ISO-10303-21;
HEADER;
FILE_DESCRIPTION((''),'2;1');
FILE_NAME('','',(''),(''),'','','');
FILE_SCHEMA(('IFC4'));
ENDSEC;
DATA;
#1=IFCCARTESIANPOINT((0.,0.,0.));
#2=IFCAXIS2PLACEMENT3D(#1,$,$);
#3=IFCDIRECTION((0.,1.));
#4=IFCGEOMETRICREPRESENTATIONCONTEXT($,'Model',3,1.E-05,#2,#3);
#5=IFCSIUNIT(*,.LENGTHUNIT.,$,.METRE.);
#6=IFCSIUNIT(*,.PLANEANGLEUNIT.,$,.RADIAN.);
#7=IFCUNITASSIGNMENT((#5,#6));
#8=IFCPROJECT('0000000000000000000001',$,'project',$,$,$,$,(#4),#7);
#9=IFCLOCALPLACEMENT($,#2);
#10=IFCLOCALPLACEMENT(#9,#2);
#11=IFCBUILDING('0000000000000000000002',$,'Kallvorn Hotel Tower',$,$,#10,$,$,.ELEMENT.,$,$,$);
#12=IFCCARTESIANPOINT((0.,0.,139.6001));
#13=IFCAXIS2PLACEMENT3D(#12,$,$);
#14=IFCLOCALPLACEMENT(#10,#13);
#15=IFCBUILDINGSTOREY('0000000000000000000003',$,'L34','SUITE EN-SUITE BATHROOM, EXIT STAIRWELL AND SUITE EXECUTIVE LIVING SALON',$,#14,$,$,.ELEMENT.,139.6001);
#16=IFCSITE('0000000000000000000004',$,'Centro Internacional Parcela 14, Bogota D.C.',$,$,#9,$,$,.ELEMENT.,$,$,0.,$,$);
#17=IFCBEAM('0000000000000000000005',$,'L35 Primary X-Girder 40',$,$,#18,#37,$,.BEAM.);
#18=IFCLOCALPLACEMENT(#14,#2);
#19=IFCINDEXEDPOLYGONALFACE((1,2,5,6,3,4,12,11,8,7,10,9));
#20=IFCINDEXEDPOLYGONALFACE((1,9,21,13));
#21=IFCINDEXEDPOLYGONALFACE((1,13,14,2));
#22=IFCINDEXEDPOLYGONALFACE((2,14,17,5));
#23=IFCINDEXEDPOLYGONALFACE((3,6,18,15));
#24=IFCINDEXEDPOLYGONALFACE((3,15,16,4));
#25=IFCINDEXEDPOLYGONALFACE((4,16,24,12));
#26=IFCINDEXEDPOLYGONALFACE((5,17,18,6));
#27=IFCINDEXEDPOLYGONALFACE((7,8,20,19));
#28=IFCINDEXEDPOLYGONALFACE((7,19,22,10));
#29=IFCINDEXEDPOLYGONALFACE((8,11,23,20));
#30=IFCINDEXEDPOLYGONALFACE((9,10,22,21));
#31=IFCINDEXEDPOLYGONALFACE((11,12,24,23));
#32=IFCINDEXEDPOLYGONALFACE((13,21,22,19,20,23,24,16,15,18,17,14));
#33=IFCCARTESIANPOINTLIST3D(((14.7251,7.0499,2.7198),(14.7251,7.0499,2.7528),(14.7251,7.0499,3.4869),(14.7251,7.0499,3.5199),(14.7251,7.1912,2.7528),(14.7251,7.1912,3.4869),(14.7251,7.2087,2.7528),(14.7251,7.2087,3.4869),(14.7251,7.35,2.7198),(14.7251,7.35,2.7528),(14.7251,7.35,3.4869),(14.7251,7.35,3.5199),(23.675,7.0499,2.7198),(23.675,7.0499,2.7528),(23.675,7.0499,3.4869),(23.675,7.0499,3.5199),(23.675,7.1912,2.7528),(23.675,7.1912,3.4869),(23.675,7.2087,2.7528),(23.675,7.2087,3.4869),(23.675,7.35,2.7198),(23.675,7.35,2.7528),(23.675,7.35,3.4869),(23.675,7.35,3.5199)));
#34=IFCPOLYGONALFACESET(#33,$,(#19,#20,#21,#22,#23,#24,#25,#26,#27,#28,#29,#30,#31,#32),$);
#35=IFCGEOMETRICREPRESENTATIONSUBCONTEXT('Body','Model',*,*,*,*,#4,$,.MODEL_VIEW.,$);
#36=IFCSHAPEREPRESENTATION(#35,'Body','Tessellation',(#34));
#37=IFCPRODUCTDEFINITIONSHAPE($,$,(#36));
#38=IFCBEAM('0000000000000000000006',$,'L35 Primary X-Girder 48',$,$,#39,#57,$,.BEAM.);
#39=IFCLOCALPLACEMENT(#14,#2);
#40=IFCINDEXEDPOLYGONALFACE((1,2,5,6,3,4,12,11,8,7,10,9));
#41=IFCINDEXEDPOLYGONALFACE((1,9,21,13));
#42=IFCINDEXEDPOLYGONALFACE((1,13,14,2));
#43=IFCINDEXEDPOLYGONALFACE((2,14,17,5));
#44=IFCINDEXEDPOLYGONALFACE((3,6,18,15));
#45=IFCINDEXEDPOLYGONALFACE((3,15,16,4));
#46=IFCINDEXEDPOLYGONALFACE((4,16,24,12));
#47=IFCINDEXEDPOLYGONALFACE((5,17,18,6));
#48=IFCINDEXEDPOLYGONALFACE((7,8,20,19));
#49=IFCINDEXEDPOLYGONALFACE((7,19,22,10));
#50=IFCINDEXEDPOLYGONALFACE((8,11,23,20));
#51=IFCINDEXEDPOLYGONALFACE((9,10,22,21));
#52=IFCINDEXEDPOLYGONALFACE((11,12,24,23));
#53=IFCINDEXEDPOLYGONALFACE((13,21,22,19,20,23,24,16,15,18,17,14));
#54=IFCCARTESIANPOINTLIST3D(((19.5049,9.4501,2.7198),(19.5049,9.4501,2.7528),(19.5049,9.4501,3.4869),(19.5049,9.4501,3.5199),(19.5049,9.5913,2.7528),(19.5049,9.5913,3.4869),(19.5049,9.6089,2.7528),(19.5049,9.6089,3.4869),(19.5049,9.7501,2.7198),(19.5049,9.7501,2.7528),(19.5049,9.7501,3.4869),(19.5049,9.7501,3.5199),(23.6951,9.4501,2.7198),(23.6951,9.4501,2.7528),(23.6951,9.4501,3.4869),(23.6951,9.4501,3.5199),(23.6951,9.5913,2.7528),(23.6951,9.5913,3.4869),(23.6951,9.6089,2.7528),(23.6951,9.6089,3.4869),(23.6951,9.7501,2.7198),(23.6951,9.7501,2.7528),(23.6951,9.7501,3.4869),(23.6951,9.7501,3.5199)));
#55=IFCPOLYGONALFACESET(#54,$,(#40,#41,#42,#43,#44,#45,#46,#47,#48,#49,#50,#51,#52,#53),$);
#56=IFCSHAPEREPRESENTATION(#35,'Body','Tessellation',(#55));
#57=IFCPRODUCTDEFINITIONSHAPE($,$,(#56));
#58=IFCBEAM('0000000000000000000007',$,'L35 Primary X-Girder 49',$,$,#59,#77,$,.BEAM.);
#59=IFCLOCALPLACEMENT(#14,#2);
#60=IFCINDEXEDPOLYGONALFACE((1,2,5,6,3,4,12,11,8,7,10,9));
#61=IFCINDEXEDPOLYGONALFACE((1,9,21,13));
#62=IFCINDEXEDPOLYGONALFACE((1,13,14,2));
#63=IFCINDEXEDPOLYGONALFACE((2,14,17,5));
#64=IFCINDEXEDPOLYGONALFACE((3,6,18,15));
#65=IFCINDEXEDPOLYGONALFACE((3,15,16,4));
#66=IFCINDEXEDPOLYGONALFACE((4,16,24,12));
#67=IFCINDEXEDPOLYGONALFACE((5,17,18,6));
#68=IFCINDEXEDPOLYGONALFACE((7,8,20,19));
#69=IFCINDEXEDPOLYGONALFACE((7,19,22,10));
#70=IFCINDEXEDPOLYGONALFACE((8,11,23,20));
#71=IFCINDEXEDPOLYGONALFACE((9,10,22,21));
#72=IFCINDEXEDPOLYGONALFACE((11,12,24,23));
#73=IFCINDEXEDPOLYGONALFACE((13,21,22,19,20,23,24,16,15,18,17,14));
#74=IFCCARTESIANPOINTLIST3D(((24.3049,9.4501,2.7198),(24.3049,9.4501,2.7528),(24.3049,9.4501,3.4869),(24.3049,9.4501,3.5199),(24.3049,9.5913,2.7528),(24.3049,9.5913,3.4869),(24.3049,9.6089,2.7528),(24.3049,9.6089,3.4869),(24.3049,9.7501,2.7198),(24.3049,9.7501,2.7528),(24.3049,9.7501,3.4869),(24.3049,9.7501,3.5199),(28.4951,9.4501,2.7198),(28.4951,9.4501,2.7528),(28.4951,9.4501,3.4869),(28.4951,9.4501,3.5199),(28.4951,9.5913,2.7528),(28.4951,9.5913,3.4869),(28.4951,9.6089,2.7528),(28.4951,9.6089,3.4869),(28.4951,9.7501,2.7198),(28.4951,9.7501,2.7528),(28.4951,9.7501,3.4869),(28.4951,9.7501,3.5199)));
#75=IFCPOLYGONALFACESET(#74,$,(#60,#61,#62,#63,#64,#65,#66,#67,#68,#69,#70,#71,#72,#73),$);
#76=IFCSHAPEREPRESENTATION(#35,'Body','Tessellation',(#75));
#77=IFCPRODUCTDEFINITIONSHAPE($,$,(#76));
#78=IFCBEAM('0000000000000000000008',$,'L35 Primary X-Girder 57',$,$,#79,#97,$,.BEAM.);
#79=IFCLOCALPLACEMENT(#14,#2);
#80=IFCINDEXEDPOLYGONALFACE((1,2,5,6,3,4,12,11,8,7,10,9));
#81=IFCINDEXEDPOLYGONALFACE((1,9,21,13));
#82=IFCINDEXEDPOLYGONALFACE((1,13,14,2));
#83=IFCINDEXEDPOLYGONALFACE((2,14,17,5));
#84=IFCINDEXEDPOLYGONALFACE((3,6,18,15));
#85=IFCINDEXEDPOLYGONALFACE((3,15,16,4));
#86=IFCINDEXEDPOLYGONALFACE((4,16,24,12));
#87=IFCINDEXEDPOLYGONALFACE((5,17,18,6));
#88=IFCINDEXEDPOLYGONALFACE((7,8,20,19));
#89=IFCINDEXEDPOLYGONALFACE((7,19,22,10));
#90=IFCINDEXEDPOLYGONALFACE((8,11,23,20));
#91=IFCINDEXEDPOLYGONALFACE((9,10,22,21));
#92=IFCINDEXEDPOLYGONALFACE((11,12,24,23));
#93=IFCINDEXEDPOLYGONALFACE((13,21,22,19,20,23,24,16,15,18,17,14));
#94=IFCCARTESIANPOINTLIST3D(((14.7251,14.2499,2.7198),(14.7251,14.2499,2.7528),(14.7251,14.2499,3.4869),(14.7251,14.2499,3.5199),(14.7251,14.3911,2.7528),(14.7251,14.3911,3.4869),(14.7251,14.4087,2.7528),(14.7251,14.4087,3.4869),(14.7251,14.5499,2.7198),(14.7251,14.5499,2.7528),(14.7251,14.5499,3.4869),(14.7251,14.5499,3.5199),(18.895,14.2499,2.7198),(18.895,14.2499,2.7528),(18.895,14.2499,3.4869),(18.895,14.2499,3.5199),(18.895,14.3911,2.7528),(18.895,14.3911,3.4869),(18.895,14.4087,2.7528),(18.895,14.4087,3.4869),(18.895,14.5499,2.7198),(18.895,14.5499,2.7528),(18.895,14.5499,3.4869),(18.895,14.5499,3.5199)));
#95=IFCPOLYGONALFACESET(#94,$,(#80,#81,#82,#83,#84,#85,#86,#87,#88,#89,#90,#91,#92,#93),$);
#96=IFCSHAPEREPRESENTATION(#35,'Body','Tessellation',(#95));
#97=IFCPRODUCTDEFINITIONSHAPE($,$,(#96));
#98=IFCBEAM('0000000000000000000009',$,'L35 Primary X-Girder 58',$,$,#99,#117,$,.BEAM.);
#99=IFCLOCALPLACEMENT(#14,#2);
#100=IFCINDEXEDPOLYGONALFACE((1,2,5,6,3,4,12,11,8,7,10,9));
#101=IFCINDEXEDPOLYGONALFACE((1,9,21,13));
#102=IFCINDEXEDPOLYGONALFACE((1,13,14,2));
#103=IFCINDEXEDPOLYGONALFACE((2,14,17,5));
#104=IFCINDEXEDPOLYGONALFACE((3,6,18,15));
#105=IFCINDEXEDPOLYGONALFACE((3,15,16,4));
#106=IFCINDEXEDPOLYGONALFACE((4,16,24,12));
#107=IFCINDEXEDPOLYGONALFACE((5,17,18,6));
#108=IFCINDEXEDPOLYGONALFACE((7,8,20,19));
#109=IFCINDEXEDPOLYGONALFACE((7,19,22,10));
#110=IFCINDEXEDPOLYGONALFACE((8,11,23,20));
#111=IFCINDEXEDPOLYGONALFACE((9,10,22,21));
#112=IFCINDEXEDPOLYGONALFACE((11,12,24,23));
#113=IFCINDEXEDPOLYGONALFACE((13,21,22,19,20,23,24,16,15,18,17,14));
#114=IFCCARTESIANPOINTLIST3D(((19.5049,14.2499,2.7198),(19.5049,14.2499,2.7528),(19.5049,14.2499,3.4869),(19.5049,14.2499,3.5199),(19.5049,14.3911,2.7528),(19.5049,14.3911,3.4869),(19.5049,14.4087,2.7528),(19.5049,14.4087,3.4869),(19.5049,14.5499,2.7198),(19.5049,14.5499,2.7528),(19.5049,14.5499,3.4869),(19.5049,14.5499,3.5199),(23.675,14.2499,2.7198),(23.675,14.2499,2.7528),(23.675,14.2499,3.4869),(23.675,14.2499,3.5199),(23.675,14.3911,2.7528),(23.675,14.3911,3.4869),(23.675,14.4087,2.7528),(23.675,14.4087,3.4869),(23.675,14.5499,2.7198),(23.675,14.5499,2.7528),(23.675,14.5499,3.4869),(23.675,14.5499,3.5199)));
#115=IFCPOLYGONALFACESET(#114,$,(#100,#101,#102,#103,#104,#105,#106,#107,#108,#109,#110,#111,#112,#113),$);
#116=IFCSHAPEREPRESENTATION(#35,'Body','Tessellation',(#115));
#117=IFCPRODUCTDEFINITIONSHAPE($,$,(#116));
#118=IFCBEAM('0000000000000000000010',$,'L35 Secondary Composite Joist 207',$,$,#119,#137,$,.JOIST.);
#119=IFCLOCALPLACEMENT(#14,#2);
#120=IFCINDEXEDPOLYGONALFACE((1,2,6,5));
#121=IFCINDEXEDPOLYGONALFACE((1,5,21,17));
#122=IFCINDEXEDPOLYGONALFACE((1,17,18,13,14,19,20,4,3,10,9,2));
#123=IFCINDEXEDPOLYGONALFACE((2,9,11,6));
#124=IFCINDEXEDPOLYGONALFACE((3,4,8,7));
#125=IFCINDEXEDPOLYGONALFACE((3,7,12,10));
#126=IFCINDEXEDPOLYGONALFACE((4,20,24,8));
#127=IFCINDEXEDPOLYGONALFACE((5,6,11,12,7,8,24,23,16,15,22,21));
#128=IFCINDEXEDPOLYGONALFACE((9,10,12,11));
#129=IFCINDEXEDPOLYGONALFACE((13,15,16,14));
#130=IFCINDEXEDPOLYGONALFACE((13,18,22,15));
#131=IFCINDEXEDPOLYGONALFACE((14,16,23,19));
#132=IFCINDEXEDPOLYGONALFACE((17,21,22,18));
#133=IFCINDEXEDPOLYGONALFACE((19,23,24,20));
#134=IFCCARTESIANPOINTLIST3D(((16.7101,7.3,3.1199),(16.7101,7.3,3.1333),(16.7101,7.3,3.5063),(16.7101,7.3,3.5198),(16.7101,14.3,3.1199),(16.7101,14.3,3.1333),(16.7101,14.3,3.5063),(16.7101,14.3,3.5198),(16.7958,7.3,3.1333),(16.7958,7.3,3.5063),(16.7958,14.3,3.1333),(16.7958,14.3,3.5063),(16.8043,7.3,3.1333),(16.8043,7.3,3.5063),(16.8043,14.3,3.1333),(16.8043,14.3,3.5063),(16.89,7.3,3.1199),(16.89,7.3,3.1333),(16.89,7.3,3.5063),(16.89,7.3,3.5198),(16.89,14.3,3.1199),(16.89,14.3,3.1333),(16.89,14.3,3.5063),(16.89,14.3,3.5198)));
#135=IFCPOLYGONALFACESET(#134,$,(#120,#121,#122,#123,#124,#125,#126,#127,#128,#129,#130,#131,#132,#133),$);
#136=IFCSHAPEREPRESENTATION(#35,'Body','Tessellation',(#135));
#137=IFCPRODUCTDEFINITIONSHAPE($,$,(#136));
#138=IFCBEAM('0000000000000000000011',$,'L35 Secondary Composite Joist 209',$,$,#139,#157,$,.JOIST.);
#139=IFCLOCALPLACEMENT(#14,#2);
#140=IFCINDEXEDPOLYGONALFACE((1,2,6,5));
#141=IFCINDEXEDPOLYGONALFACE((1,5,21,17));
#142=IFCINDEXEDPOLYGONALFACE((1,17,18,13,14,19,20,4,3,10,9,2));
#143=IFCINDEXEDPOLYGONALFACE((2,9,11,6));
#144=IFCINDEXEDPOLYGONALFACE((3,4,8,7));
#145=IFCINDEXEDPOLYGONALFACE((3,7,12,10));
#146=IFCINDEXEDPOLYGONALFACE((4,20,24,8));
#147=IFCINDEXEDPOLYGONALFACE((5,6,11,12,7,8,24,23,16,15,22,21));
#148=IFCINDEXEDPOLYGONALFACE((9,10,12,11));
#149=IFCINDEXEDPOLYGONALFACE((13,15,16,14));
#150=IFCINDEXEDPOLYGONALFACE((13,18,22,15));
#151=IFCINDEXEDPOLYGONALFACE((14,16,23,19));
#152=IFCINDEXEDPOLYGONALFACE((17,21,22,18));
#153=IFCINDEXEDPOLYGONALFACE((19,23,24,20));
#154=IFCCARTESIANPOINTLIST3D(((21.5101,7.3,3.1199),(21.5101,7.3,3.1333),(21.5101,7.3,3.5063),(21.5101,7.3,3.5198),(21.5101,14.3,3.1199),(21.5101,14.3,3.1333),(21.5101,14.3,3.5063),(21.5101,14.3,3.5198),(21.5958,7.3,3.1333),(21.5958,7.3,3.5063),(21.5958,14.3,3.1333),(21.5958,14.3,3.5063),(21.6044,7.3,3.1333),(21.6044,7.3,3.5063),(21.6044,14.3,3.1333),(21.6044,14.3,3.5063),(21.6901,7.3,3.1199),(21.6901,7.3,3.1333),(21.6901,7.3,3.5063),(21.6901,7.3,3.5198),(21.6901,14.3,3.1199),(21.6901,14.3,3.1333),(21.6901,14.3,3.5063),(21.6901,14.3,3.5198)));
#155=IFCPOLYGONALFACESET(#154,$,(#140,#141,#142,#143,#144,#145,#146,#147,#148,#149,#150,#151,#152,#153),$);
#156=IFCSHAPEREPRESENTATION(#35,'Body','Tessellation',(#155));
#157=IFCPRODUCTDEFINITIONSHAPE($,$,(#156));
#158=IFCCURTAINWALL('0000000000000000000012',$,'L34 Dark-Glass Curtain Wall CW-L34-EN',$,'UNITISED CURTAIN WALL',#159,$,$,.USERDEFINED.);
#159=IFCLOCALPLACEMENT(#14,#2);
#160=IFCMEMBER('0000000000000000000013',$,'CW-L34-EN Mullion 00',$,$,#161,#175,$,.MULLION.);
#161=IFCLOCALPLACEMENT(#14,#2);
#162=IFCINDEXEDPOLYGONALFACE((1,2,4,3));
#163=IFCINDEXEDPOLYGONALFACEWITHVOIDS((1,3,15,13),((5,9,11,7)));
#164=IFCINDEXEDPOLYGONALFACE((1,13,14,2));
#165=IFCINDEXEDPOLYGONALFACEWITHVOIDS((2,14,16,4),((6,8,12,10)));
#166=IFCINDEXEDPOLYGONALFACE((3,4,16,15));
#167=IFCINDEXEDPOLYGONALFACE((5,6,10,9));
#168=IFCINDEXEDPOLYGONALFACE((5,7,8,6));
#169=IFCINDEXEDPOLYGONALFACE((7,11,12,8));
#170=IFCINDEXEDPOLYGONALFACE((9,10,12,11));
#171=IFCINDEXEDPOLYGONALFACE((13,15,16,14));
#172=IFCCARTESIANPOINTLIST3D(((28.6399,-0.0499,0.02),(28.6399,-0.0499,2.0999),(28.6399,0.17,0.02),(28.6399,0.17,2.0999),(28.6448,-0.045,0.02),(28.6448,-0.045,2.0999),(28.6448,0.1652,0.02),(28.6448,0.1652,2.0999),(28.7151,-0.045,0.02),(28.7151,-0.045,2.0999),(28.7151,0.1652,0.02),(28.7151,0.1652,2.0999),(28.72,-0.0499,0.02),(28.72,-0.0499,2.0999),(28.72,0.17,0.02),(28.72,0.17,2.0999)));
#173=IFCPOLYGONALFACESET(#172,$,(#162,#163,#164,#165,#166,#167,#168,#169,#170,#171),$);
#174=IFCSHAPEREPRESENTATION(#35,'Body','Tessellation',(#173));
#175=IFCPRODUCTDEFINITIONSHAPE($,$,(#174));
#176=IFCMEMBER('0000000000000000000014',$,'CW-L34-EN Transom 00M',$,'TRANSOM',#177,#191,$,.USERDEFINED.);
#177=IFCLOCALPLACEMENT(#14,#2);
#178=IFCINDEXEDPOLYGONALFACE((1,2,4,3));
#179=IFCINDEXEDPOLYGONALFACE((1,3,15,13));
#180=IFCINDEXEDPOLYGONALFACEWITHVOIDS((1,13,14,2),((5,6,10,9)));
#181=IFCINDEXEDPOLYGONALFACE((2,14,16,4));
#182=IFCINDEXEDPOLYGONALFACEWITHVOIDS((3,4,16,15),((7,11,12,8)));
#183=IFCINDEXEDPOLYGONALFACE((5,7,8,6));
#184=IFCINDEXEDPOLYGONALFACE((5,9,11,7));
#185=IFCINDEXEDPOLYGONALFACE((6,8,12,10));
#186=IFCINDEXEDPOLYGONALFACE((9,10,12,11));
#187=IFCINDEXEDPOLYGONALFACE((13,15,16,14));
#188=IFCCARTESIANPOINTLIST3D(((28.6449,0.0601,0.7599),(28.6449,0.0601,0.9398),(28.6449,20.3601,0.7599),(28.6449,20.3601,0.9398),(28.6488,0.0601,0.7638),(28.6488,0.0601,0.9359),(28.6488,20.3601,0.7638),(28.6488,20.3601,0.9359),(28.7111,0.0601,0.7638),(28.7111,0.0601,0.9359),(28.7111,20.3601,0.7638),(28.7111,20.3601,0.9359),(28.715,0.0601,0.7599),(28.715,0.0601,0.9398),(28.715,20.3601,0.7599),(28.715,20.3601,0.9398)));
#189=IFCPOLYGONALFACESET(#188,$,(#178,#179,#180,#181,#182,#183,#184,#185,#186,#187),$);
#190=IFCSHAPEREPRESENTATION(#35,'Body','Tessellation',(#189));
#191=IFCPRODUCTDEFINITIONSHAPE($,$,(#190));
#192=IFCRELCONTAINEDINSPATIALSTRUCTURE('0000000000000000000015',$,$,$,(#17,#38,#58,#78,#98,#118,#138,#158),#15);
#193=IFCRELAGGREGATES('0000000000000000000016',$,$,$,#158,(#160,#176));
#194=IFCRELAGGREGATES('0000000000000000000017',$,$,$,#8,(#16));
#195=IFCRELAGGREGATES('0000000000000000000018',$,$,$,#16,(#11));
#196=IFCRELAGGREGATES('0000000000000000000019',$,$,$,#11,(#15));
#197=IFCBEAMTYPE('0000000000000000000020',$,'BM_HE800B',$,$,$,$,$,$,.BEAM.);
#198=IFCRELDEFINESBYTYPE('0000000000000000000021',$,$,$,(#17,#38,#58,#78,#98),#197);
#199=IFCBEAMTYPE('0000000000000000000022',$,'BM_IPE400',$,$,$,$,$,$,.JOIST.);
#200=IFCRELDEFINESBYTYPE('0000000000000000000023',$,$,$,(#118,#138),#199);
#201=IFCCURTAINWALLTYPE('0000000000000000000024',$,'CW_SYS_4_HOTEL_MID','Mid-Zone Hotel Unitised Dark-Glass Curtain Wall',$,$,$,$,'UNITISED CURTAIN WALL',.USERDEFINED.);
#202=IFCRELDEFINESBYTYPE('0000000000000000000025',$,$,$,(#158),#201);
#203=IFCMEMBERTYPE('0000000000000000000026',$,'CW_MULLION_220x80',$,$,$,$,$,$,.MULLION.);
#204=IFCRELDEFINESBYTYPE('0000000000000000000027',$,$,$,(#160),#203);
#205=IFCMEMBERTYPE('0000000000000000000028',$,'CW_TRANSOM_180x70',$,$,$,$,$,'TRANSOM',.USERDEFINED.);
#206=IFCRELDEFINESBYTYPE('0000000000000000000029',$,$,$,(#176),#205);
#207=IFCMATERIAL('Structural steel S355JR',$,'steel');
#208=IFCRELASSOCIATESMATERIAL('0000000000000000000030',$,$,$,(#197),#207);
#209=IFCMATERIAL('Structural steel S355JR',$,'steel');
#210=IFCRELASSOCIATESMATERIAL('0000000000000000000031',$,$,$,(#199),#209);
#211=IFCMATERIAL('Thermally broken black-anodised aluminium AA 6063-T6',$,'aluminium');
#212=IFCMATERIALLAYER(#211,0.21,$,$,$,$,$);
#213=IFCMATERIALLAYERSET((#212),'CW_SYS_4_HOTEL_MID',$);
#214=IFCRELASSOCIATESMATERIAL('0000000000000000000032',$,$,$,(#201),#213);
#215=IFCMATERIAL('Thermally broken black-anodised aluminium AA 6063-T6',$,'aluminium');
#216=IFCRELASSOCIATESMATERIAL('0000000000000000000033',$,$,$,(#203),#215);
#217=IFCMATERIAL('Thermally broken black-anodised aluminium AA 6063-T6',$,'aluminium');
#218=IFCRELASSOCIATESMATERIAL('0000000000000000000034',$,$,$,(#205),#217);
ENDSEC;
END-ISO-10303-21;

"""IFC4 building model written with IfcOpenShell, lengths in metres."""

from ifc_helpers import new_model, si_unit, direction, frame, origin, origin_2d, place, context, subcontext, project, spatial, hollow_rectangle, i_section, extrude, material, layer, layer_set, material_profile, profile_set, type_object, element, aggregate, save


model = new_model("IFC4")

# Units and contexts
model_context = context("Model", 3, precision=1e-05, world=origin(), true_north=direction((0.0, 1.0)))
body_context = subcontext(model_context, "Body", "Model", "MODEL_VIEW")
ifc_project = project(units=[si_unit("LENGTHUNIT", "METRE"), si_unit("PLANEANGLEUNIT", "RADIAN")], contexts=[model_context])

# Site, building, storey
site_placement = place(None, origin())
site = spatial("IfcSite", under=ifc_project, at=site_placement, Name="Centro Internacional Parcela 14, Bogota D.C.", CompositionType="ELEMENT", RefElevation=0.0)
building_placement = place(site_placement, origin())
building = spatial("IfcBuilding", under=site, at=building_placement, Name="Kallvorn Hotel Tower", CompositionType="ELEMENT")
storey_placement = place(building_placement, frame((0.0, 0.0, 139.6001)))
storey = spatial("IfcBuildingStorey", under=building, at=storey_placement, Name="L34", Description="SUITE EN-SUITE BATHROOM, EXIT STAIRWELL AND SUITE EXECUTIVE LIVING SALON", CompositionType="ELEMENT", Elevation=139.6001)

# Beams
ifc_material_1 = material(Name="Structural steel S355JR", Category="steel")
ifc_material_profile_1 = material_profile(ifc_material_1, i_section(OverallWidth=0.3, OverallDepth=0.8, WebThickness=0.0176, FlangeThickness=0.033, at=origin_2d()), Name="HE 800 B")
ifc_profile_set_1 = profile_set([ifc_material_profile_1], Name="Structural steel S355JR")
beam_type_1 = type_object("IfcBeamType", Name="BM_HE800B", PredefinedType="BEAM", material=ifc_profile_set_1)
beam_1_placement = place(storey_placement, frame((14.7251, 7.2, 3.1199), z_axis=(1.0, 0.0, 0.0), x_axis=(0.0, 1.0, 0.0)))
element("IfcBeam", 1, at=beam_1_placement, inside=storey, type_object=beam_type_1, Name="L35 Primary X-Girder 40", PredefinedType="BEAM", context=body_context, shape_type="SweptSolid", body=[
    extrude(i_section(OverallWidth=0.3, OverallDepth=0.8, WebThickness=0.0176, FlangeThickness=0.033, at=origin_2d()), origin(), (0.0, 0.0, 1.0), 8.95),
])
for number, where, z_axis, x_axis, name in (
    (2, (19.5049, 9.6001, 3.1199), (1.0, 0.0, 0.0), (0.0, 1.0, 0.0), "L35 Primary X-Girder 48"),
    (3, (24.3049, 9.6001, 3.1199), (1.0, 0.0, 0.0), (0.0, 1.0, 0.0), "L35 Primary X-Girder 49"),
):
    element("IfcBeam", number, at=place(storey_placement, frame(where, z_axis=z_axis, x_axis=x_axis)), inside=storey, type_object=beam_type_1, Name=name, PredefinedType="BEAM", context=body_context, shape_type="SweptSolid", body=[
        extrude(i_section(OverallWidth=0.3, OverallDepth=0.8, WebThickness=0.0176, FlangeThickness=0.033, at=origin_2d()), origin(), (0.0, 0.0, 1.0), 4.1902),
    ])
beam_2_placement = place(storey_placement, frame((14.7251, 14.3999, 3.1199), z_axis=(1.0, 0.0, 0.0), x_axis=(0.0, 1.0, 0.0)))
element("IfcBeam", 4, at=beam_2_placement, inside=storey, type_object=beam_type_1, Name="L35 Primary X-Girder 57", PredefinedType="BEAM", context=body_context, shape_type="SweptSolid", body=[
    extrude(i_section(OverallWidth=0.3, OverallDepth=0.8, WebThickness=0.0176, FlangeThickness=0.033, at=origin_2d()), origin(), (0.0, 0.0, 1.0), 4.1699),
])
beam_3_placement = place(storey_placement, frame((19.5049, 14.3999, 3.1199), z_axis=(1.0, 0.0, 0.0), x_axis=(0.0, 1.0, 0.0)))
element("IfcBeam", 5, at=beam_3_placement, inside=storey, type_object=beam_type_1, Name="L35 Primary X-Girder 58", PredefinedType="BEAM", context=body_context, shape_type="SweptSolid", body=[
    extrude(i_section(OverallWidth=0.3, OverallDepth=0.8, WebThickness=0.0176, FlangeThickness=0.033, at=origin_2d()), origin(), (0.0, 0.0, 1.0), 4.1702),
])
ifc_material_2 = material(Name="Structural steel S355JR", Category="steel")
ifc_material_profile_2 = material_profile(ifc_material_2, i_section(OverallWidth=0.1799, OverallDepth=0.3999, WebThickness=0.0085, FlangeThickness=0.0134, at=origin_2d()), Name="IPE 400")
ifc_profile_set_2 = profile_set([ifc_material_profile_2], Name="Structural steel S355JR")
beam_type_2 = type_object("IfcBeamType", Name="BM_IPE400", PredefinedType="JOIST", material=ifc_profile_set_2)
for number, where, z_axis, x_axis, name in (
    (6, (16.8, 7.3, 3.3198), (0.0, 1.0, 0.0), (-1.0, 0.0, 0.0), "L35 Secondary Composite Joist 207"),
    (7, (21.6001, 7.3, 3.3198), (0.0, 1.0, 0.0), (-1.0, 0.0, 0.0), "L35 Secondary Composite Joist 209"),
):
    element("IfcBeam", number, at=place(storey_placement, frame(where, z_axis=z_axis, x_axis=x_axis)), inside=storey, type_object=beam_type_2, Name=name, PredefinedType="JOIST", context=body_context, shape_type="SweptSolid", body=[
        extrude(i_section(OverallWidth=0.1799, OverallDepth=0.3999, WebThickness=0.0085, FlangeThickness=0.0134, at=origin_2d()), origin(), (0.0, 0.0, 1.0), 7.0),
    ])

# Curtain wall, members
ifc_material_3 = material(Name="Thermally broken black-anodised aluminium AA 6063-T6", Category="aluminium")
ifc_layer_1 = layer(ifc_material_3, 0.21)
ifc_layer_set_1 = layer_set([ifc_layer_1], Name="CW_SYS_4_HOTEL_MID")
curtain_wall_type = type_object("IfcCurtainWallType", Name="CW_SYS_4_HOTEL_MID", Description="Mid-Zone Hotel Unitised Dark-Glass Curtain Wall", ElementType="UNITISED CURTAIN WALL", PredefinedType="USERDEFINED", material=ifc_layer_set_1)
curtain_wall_placement = place(storey_placement, origin())
curtain_wall = element("IfcCurtainWall", 8, at=curtain_wall_placement, inside=storey, type_object=curtain_wall_type, Name="L34 Dark-Glass Curtain Wall CW-L34-EN", ObjectType="UNITISED CURTAIN WALL", PredefinedType="USERDEFINED")
ifc_material_4 = material(Name="Thermally broken black-anodised aluminium AA 6063-T6", Category="aluminium")
ifc_material_profile_3 = material_profile(ifc_material_4, hollow_rectangle(XDim=0.0801, YDim=0.22, WallThickness=0.0049, at=origin_2d()), Name="MUL 220x80")
ifc_profile_set_3 = profile_set([ifc_material_profile_3], Name="Thermally broken black-anodised aluminium AA 6063-T6")
member_type_1 = type_object("IfcMemberType", Name="CW_MULLION_220x80", PredefinedType="MULLION", material=ifc_profile_set_3)
member_1_placement = place(storey_placement, frame((28.6799, 0.0601, 0.02), z_axis=(0.0, 0.0, 1.0), x_axis=(1.0, 0.0, 0.0)))
member_1 = element("IfcMember", 9, at=member_1_placement, type_object=member_type_1, Name="CW-L34-EN Mullion 00", PredefinedType="MULLION", context=body_context, shape_type="SweptSolid", body=[
    extrude(hollow_rectangle(XDim=0.0801, YDim=0.22, WallThickness=0.0049, at=origin_2d()), origin(), (0.0, 0.0, 1.0), 2.0798),
])
ifc_material_5 = material(Name="Thermally broken black-anodised aluminium AA 6063-T6", Category="aluminium")
ifc_material_profile_4 = material_profile(ifc_material_5, hollow_rectangle(XDim=0.0701, YDim=0.1799, WallThickness=0.0039, at=origin_2d()), Name="TRN 180x70")
ifc_profile_set_4 = profile_set([ifc_material_profile_4], Name="Thermally broken black-anodised aluminium AA 6063-T6")
member_type_2 = type_object("IfcMemberType", Name="CW_TRANSOM_180x70", ElementType="TRANSOM", PredefinedType="USERDEFINED", material=ifc_profile_set_4)
member_2_placement = place(storey_placement, frame((28.6799, 0.0601, 0.8499), z_axis=(0.0, 1.0, 0.0), x_axis=(-1.0, 0.0, 0.0)))
member_2 = element("IfcMember", 10, at=member_2_placement, type_object=member_type_2, Name="CW-L34-EN Transom 00M", ObjectType="TRANSOM", PredefinedType="USERDEFINED", context=body_context, shape_type="SweptSolid", body=[
    extrude(hollow_rectangle(XDim=0.0701, YDim=0.1799, WallThickness=0.0039, at=origin_2d()), origin(), (0.0, 0.0, 1.0), 20.3),
])
aggregate(curtain_wall, [member_1, member_2])

save(model, "model.ifc")
